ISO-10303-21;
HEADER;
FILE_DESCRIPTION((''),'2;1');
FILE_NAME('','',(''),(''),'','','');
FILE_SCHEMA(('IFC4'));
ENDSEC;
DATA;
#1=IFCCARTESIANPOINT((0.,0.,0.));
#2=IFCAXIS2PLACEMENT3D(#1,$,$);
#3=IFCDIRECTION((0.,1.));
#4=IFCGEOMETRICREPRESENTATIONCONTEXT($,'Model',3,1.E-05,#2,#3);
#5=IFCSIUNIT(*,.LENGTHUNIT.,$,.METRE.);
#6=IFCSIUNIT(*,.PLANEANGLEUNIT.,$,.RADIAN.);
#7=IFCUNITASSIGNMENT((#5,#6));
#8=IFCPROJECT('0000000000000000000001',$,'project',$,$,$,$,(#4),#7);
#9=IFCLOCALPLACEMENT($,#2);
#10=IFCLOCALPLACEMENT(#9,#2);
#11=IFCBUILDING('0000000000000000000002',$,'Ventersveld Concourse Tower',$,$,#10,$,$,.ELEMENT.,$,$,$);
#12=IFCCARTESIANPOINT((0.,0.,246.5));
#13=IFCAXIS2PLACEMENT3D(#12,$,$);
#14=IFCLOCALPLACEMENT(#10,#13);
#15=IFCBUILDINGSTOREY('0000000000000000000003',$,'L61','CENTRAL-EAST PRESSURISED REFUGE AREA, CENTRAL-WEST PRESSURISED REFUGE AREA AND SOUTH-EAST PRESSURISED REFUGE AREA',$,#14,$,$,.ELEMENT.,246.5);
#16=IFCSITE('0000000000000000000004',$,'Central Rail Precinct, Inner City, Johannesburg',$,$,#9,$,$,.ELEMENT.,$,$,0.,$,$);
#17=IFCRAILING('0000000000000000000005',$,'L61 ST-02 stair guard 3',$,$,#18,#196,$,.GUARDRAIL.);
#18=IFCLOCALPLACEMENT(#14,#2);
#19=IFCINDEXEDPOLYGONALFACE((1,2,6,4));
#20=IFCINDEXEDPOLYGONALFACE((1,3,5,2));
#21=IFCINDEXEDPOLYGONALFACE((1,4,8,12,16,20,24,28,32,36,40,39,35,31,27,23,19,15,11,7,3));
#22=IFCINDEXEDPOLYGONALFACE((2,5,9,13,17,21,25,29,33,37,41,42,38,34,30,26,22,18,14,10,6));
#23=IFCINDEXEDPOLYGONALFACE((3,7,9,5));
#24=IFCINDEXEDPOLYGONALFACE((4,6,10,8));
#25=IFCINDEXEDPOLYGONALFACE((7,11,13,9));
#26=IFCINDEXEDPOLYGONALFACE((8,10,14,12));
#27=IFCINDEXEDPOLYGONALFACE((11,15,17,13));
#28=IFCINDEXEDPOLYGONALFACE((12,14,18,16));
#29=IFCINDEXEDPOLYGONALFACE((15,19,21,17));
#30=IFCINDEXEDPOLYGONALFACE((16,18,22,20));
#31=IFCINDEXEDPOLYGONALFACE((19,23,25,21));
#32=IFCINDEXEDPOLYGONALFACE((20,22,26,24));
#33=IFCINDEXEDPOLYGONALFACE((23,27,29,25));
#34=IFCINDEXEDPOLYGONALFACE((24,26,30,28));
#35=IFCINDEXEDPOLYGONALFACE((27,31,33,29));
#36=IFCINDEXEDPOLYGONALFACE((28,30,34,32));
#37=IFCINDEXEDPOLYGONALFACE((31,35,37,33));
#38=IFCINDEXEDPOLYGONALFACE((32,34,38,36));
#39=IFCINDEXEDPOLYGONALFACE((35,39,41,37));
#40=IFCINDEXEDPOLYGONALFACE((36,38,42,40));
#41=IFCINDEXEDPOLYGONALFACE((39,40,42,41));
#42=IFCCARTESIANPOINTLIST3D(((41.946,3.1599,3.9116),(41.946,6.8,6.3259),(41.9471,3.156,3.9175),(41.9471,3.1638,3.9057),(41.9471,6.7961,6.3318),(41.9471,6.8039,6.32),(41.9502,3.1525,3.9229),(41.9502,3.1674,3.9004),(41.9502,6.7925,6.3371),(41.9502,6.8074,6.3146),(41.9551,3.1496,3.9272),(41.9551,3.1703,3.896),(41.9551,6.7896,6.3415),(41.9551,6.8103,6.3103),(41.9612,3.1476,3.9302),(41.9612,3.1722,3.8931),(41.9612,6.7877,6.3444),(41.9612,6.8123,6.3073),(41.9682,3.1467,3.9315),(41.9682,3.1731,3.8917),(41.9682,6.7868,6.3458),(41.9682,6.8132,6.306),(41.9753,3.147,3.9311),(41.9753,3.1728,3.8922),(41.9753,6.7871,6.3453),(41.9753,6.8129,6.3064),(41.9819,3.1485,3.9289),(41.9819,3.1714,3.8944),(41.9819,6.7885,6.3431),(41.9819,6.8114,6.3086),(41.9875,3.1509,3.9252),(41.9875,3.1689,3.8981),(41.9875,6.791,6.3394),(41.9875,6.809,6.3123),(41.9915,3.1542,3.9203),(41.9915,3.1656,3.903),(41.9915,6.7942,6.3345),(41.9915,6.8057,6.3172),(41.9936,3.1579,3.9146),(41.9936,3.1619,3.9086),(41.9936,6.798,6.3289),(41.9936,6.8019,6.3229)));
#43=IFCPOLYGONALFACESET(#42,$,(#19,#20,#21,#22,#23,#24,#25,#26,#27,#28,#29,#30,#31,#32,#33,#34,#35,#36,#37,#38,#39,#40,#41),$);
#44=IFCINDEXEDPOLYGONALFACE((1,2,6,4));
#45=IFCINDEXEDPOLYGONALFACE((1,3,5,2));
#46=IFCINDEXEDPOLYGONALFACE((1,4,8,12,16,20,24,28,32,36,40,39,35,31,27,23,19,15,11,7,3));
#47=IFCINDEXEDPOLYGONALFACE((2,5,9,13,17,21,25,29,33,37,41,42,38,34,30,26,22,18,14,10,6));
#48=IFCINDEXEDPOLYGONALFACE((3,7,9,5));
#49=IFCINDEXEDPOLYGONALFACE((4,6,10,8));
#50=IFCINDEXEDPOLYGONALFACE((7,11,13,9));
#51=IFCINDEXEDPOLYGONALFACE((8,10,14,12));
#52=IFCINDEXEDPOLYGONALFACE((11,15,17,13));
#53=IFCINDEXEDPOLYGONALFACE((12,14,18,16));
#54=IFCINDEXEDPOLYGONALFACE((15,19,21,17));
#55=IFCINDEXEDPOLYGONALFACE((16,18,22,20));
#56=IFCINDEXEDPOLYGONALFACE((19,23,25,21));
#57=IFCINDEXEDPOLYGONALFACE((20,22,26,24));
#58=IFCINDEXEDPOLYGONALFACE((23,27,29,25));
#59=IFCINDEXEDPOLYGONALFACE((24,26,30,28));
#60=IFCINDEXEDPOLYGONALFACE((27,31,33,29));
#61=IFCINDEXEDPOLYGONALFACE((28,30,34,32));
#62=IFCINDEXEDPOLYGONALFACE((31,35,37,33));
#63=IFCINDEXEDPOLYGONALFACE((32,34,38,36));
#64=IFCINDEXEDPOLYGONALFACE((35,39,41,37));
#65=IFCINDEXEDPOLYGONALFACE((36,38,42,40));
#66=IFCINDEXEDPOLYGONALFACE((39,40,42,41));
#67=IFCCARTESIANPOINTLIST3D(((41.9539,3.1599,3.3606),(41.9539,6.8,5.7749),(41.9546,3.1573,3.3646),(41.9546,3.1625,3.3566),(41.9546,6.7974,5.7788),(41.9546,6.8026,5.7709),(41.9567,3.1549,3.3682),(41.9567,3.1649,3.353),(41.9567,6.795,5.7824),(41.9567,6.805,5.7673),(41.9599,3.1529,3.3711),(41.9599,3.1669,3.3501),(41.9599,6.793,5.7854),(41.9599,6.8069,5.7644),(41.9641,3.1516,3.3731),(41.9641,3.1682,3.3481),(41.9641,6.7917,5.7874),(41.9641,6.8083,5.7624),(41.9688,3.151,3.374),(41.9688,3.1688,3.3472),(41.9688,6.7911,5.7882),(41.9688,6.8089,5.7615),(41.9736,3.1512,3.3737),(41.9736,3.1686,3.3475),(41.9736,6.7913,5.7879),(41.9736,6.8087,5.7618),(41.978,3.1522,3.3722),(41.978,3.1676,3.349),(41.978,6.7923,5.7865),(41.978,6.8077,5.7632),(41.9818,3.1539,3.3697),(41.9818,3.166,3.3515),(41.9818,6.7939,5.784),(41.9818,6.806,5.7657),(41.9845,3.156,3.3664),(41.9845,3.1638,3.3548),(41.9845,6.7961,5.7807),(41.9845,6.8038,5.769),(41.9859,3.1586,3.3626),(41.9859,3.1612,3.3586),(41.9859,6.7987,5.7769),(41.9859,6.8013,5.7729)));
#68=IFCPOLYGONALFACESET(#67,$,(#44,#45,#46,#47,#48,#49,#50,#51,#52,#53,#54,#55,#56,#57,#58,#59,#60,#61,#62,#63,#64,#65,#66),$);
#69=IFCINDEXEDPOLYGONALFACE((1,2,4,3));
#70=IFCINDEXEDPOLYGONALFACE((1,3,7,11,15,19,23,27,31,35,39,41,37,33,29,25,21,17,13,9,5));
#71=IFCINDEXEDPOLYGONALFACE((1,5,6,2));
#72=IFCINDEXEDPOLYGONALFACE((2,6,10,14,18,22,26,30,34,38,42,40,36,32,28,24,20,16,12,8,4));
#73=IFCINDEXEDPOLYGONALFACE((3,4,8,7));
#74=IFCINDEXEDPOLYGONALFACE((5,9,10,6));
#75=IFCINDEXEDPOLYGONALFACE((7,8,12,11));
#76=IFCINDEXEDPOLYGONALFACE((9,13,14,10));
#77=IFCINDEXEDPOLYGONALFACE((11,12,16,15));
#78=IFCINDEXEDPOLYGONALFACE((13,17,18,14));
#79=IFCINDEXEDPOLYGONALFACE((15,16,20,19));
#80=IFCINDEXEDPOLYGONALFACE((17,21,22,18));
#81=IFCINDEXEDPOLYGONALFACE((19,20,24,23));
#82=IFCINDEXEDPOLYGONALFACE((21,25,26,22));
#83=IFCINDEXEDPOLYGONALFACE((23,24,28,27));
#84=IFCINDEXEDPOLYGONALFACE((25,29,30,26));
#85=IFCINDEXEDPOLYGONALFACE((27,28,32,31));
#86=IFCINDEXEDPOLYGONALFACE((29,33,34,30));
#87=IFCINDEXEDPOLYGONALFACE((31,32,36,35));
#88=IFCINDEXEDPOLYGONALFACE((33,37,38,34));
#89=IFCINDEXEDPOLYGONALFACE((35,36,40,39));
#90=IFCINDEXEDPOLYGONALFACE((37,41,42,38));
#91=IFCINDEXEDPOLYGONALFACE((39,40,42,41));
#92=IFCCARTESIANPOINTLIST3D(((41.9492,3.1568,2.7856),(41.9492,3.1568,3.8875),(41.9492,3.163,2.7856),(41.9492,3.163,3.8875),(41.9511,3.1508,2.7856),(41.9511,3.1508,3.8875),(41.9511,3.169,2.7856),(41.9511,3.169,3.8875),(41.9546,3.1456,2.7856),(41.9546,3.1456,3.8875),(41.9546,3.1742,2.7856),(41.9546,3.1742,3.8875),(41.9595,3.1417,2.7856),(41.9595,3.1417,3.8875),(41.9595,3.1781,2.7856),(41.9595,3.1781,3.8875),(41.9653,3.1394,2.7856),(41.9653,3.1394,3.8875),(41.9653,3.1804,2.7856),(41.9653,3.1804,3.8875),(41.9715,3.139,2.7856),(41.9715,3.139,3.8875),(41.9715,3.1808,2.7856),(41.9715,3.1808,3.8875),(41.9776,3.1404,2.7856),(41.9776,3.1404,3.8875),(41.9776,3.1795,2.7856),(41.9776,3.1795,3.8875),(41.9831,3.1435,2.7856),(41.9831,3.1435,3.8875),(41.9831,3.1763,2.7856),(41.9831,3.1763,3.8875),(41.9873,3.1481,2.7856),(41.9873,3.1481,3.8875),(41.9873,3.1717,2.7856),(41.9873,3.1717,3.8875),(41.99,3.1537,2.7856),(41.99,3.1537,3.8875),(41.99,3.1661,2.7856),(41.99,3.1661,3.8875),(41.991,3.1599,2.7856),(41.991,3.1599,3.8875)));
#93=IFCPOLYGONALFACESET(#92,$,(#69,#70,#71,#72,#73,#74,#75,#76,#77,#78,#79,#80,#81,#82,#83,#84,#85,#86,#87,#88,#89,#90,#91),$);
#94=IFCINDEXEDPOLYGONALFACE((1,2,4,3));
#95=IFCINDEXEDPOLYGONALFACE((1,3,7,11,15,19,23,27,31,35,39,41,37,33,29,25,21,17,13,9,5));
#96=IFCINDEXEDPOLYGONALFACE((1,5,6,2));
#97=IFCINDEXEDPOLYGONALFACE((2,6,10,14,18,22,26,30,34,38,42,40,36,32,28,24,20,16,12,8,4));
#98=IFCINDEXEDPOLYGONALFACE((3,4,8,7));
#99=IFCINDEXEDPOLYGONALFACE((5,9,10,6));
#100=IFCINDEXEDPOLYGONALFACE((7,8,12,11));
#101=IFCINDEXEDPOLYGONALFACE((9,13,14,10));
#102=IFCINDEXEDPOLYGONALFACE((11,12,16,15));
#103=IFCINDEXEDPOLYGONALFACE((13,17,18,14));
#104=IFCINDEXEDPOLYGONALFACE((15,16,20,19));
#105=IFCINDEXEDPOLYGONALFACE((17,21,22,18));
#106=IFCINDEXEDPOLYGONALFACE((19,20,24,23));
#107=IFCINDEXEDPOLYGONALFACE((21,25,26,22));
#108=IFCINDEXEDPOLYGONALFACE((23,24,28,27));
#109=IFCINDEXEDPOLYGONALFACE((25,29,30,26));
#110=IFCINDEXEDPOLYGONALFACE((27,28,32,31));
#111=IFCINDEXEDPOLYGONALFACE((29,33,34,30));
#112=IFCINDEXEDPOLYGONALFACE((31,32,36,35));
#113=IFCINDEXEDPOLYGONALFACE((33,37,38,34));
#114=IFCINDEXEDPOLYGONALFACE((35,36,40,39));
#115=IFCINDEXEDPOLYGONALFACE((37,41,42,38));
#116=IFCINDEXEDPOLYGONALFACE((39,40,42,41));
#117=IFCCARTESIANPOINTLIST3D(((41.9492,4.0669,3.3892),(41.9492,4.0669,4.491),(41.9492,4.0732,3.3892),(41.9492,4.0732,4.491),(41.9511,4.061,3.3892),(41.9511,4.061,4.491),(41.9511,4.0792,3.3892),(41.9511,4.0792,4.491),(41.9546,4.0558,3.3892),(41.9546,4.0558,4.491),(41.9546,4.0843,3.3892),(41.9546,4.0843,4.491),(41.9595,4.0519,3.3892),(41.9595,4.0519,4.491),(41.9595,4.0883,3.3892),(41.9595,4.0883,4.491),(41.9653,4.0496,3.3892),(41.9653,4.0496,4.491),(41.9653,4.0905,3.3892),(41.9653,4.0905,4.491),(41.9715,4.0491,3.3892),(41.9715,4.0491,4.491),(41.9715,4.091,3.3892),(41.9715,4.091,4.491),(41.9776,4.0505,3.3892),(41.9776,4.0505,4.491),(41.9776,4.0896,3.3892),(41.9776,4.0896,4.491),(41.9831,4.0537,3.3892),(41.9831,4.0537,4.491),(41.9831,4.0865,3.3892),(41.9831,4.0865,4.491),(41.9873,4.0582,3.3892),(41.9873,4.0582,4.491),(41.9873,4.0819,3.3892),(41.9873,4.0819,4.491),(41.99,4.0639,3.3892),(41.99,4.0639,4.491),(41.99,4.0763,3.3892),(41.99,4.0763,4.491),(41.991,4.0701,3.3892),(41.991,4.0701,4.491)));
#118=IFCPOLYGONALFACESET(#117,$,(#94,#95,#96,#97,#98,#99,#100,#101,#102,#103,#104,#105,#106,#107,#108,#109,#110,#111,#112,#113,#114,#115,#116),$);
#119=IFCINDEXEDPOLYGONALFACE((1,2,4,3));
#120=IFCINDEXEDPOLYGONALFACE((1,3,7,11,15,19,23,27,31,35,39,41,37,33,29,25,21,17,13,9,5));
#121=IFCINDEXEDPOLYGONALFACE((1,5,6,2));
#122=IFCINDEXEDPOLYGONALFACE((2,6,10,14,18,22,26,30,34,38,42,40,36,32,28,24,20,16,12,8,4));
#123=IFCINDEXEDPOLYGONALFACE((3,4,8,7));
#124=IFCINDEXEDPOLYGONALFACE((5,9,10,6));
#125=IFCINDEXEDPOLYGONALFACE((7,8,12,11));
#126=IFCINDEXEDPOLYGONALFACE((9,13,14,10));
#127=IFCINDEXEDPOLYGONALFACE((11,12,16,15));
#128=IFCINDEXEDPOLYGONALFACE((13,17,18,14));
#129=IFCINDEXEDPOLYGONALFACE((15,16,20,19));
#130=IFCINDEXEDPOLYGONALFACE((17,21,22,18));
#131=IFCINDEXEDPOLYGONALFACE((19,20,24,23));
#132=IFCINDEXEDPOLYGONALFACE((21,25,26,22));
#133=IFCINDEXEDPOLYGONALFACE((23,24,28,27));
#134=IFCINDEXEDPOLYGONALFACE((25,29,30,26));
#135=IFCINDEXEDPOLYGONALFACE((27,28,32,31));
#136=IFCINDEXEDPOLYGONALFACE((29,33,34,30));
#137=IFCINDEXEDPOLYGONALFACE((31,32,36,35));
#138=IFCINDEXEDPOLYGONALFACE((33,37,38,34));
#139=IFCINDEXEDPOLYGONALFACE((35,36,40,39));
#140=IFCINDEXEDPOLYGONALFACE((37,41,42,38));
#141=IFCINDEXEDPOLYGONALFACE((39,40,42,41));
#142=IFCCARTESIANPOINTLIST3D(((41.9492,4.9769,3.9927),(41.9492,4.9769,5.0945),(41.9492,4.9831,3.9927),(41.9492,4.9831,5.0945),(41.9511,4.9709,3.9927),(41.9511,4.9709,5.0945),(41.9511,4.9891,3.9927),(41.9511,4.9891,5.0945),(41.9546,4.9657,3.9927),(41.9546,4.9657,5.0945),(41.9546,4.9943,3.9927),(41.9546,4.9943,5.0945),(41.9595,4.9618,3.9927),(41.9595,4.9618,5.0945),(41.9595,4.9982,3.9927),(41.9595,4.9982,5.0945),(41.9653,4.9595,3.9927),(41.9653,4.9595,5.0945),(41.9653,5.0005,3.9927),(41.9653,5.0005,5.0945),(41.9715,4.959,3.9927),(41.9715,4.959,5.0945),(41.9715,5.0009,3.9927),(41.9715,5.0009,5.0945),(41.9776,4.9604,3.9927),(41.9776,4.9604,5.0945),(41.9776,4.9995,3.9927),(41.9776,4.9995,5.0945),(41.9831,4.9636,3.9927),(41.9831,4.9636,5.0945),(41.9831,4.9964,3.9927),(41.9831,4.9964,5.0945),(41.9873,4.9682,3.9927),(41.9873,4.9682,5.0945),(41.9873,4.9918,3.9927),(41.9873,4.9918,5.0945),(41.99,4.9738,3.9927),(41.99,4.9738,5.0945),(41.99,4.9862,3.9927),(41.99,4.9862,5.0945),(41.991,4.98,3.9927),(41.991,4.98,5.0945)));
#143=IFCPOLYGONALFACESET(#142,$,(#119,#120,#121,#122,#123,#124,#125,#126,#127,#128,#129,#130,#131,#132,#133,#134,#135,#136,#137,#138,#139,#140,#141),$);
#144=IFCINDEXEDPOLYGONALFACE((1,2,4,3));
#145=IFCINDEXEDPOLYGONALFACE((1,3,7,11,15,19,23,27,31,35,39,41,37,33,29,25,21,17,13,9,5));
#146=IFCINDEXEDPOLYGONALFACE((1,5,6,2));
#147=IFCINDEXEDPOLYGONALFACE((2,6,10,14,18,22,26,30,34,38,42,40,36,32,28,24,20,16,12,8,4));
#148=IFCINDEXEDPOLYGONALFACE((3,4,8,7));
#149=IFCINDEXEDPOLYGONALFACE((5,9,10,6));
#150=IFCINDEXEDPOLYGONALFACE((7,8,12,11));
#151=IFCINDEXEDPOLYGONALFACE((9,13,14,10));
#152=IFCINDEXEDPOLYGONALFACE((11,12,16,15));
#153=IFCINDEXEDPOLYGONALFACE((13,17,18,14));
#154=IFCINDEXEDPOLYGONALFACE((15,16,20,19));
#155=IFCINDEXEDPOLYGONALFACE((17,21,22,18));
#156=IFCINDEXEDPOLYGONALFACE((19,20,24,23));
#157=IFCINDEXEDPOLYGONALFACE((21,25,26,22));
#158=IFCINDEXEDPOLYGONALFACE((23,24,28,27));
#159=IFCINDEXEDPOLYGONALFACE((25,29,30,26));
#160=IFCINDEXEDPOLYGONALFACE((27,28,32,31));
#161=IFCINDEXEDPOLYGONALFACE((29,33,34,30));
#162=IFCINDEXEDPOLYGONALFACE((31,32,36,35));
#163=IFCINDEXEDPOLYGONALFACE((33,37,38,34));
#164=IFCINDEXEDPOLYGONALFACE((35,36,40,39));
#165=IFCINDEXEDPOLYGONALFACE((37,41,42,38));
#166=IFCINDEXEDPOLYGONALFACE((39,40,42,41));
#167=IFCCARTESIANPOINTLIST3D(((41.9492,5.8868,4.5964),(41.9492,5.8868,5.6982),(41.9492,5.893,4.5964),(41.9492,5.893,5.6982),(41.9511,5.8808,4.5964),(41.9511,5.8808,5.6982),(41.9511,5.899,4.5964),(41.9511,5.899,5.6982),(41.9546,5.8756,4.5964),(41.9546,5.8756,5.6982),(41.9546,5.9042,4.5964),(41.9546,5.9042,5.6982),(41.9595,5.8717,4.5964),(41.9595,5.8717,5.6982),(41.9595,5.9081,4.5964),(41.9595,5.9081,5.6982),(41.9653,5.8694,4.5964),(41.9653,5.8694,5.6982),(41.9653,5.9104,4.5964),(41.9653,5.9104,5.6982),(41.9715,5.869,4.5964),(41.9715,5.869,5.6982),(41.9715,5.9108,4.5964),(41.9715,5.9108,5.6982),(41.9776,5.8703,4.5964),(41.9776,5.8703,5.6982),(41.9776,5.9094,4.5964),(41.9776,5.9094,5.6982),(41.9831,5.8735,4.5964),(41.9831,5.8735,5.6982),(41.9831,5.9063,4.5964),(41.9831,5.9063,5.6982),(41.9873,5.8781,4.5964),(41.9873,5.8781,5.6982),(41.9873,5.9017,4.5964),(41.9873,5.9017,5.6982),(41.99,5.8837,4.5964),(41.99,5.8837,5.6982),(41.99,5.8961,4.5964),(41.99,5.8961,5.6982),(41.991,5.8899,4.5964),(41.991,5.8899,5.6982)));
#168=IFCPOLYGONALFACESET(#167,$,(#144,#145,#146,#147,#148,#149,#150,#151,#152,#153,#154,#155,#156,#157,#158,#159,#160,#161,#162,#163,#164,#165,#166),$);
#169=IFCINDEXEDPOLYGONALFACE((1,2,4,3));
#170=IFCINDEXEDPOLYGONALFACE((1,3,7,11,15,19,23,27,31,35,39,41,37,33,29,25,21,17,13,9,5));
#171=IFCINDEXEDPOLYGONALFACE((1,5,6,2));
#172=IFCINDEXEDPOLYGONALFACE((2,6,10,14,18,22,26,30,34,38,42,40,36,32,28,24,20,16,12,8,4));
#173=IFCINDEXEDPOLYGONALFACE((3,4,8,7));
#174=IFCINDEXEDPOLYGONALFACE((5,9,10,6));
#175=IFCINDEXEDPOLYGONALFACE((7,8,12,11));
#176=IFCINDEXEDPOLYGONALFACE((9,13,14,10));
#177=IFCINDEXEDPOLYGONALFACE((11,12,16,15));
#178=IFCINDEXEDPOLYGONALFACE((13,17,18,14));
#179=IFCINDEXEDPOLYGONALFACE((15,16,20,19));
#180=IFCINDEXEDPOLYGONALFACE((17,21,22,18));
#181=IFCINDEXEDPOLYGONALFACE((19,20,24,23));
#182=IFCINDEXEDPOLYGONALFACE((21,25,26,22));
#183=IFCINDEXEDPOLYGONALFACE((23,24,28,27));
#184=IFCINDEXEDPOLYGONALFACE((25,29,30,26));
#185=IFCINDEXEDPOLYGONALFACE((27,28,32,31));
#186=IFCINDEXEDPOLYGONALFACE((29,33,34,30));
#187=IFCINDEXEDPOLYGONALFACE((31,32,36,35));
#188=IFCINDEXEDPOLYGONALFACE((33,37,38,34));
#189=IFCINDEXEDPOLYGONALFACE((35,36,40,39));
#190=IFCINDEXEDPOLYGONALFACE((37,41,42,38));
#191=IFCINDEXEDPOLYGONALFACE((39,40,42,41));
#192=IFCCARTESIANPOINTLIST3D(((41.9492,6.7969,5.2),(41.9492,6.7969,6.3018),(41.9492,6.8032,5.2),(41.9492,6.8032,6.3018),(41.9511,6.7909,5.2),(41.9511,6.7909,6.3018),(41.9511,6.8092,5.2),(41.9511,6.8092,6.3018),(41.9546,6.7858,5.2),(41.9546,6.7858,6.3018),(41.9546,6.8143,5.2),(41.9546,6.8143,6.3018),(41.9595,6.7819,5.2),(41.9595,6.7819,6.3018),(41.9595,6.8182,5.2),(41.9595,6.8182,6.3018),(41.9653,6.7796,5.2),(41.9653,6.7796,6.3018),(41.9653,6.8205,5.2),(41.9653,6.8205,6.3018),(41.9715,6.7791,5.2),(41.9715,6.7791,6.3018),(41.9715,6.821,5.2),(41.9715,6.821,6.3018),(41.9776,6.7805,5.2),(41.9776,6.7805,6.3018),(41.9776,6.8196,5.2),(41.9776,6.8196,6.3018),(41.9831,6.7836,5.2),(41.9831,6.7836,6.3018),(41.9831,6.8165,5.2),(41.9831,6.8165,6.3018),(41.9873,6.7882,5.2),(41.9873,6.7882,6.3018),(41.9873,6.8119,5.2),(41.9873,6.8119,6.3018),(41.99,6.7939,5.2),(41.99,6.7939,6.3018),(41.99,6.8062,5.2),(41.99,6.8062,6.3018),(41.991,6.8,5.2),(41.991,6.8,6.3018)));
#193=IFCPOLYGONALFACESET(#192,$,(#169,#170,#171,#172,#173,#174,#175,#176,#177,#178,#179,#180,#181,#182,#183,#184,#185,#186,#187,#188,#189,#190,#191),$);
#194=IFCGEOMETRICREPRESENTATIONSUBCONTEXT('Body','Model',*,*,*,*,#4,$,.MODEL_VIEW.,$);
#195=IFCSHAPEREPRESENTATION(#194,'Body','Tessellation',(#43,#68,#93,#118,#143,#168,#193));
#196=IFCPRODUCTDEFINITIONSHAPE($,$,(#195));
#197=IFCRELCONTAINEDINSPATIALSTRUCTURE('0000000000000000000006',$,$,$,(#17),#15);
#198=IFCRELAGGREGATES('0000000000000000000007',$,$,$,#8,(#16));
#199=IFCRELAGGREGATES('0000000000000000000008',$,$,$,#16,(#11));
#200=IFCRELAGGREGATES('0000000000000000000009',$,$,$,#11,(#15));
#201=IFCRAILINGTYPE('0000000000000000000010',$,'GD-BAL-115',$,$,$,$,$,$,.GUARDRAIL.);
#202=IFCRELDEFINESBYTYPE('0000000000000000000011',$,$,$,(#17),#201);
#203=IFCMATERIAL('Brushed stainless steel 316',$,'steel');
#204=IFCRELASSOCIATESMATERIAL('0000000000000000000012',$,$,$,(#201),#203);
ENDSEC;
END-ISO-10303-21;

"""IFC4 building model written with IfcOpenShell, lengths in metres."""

from ifc_helpers import new_model, si_unit, direction, frame, origin, origin_2d, place, context, subcontext, project, spatial, circle, extrude, material, type_object, element, save


model = new_model("IFC4")

# Units and contexts
model_context = context("Model", 3, precision=1e-05, world=origin(), true_north=direction((0.0, 1.0)))
body_context = subcontext(model_context, "Body", "Model", "MODEL_VIEW")
ifc_project = project(units=[si_unit("LENGTHUNIT", "METRE"), si_unit("PLANEANGLEUNIT", "RADIAN")], contexts=[model_context])

# Site, building, storey
site_placement = place(None, origin())
site = spatial("IfcSite", under=ifc_project, at=site_placement, Name="Central Rail Precinct, Inner City, Johannesburg", CompositionType="ELEMENT", RefElevation=0.0)
building_placement = place(site_placement, origin())
building = spatial("IfcBuilding", under=site, at=building_placement, Name="Ventersveld Concourse Tower", CompositionType="ELEMENT")
storey_placement = place(building_placement, frame((0.0, 0.0, 246.5)))
storey = spatial("IfcBuildingStorey", under=building, at=storey_placement, Name="L61", Description="CENTRAL-EAST PRESSURISED REFUGE AREA, CENTRAL-WEST PRESSURISED REFUGE AREA AND SOUTH-EAST PRESSURISED REFUGE AREA", CompositionType="ELEMENT", Elevation=246.5)

# Railing
ifc_material_1 = material(Name="Brushed stainless steel 316", Category="steel")
railing_type_1 = type_object("IfcRailingType", Name="GD-BAL-115", PredefinedType="GUARDRAIL", material=ifc_material_1)
railing_1_placement = place(storey_placement, frame((41.97, 3.1599, 2.7856)))
element("IfcRailing", 1, at=railing_1_placement, inside=storey, type_object=railing_type_1, Name="L61 ST-02 stair guard 3", PredefinedType="GUARDRAIL", context=body_context, shape_type="SweptSolid", body=[
    extrude(circle(Radius=0.0239, at=origin_2d()), frame((0.0, 0.0, 1.126), z_axis=(0.0, 0.833364, 0.552725), x_axis=(-1.0, 0.0, 0.0)), (0.0, 0.0, 1.0), 4.3679),
    extrude(circle(Radius=0.0161, at=origin_2d()), frame((0.0, 0.0, 0.575), z_axis=(0.0, 0.833364, 0.552725), x_axis=(-1.0, 0.0, 0.0)), (0.0, 0.0, 1.0), 4.3679),
    extrude(circle(Radius=0.021, at=origin_2d()), origin(), (0.0, 0.0, 1.0), 1.1018),
    extrude(circle(Radius=0.021, at=origin_2d()), frame((0.0, 0.9102, 0.6035)), (0.0, 0.0, 1.0), 1.1018),
    extrude(circle(Radius=0.021, at=origin_2d()), frame((0.0, 1.8201, 1.207)), (0.0, 0.0, 1.0), 1.1018),
    extrude(circle(Radius=0.021, at=origin_2d()), frame((0.0, 2.73, 1.8108)), (0.0, 0.0, 1.0), 1.1018),
    extrude(circle(Radius=0.021, at=origin_2d()), frame((0.0, 3.6401, 2.4143)), (0.0, 0.0, 1.0), 1.1018),
])

save(model, "model.ifc")
